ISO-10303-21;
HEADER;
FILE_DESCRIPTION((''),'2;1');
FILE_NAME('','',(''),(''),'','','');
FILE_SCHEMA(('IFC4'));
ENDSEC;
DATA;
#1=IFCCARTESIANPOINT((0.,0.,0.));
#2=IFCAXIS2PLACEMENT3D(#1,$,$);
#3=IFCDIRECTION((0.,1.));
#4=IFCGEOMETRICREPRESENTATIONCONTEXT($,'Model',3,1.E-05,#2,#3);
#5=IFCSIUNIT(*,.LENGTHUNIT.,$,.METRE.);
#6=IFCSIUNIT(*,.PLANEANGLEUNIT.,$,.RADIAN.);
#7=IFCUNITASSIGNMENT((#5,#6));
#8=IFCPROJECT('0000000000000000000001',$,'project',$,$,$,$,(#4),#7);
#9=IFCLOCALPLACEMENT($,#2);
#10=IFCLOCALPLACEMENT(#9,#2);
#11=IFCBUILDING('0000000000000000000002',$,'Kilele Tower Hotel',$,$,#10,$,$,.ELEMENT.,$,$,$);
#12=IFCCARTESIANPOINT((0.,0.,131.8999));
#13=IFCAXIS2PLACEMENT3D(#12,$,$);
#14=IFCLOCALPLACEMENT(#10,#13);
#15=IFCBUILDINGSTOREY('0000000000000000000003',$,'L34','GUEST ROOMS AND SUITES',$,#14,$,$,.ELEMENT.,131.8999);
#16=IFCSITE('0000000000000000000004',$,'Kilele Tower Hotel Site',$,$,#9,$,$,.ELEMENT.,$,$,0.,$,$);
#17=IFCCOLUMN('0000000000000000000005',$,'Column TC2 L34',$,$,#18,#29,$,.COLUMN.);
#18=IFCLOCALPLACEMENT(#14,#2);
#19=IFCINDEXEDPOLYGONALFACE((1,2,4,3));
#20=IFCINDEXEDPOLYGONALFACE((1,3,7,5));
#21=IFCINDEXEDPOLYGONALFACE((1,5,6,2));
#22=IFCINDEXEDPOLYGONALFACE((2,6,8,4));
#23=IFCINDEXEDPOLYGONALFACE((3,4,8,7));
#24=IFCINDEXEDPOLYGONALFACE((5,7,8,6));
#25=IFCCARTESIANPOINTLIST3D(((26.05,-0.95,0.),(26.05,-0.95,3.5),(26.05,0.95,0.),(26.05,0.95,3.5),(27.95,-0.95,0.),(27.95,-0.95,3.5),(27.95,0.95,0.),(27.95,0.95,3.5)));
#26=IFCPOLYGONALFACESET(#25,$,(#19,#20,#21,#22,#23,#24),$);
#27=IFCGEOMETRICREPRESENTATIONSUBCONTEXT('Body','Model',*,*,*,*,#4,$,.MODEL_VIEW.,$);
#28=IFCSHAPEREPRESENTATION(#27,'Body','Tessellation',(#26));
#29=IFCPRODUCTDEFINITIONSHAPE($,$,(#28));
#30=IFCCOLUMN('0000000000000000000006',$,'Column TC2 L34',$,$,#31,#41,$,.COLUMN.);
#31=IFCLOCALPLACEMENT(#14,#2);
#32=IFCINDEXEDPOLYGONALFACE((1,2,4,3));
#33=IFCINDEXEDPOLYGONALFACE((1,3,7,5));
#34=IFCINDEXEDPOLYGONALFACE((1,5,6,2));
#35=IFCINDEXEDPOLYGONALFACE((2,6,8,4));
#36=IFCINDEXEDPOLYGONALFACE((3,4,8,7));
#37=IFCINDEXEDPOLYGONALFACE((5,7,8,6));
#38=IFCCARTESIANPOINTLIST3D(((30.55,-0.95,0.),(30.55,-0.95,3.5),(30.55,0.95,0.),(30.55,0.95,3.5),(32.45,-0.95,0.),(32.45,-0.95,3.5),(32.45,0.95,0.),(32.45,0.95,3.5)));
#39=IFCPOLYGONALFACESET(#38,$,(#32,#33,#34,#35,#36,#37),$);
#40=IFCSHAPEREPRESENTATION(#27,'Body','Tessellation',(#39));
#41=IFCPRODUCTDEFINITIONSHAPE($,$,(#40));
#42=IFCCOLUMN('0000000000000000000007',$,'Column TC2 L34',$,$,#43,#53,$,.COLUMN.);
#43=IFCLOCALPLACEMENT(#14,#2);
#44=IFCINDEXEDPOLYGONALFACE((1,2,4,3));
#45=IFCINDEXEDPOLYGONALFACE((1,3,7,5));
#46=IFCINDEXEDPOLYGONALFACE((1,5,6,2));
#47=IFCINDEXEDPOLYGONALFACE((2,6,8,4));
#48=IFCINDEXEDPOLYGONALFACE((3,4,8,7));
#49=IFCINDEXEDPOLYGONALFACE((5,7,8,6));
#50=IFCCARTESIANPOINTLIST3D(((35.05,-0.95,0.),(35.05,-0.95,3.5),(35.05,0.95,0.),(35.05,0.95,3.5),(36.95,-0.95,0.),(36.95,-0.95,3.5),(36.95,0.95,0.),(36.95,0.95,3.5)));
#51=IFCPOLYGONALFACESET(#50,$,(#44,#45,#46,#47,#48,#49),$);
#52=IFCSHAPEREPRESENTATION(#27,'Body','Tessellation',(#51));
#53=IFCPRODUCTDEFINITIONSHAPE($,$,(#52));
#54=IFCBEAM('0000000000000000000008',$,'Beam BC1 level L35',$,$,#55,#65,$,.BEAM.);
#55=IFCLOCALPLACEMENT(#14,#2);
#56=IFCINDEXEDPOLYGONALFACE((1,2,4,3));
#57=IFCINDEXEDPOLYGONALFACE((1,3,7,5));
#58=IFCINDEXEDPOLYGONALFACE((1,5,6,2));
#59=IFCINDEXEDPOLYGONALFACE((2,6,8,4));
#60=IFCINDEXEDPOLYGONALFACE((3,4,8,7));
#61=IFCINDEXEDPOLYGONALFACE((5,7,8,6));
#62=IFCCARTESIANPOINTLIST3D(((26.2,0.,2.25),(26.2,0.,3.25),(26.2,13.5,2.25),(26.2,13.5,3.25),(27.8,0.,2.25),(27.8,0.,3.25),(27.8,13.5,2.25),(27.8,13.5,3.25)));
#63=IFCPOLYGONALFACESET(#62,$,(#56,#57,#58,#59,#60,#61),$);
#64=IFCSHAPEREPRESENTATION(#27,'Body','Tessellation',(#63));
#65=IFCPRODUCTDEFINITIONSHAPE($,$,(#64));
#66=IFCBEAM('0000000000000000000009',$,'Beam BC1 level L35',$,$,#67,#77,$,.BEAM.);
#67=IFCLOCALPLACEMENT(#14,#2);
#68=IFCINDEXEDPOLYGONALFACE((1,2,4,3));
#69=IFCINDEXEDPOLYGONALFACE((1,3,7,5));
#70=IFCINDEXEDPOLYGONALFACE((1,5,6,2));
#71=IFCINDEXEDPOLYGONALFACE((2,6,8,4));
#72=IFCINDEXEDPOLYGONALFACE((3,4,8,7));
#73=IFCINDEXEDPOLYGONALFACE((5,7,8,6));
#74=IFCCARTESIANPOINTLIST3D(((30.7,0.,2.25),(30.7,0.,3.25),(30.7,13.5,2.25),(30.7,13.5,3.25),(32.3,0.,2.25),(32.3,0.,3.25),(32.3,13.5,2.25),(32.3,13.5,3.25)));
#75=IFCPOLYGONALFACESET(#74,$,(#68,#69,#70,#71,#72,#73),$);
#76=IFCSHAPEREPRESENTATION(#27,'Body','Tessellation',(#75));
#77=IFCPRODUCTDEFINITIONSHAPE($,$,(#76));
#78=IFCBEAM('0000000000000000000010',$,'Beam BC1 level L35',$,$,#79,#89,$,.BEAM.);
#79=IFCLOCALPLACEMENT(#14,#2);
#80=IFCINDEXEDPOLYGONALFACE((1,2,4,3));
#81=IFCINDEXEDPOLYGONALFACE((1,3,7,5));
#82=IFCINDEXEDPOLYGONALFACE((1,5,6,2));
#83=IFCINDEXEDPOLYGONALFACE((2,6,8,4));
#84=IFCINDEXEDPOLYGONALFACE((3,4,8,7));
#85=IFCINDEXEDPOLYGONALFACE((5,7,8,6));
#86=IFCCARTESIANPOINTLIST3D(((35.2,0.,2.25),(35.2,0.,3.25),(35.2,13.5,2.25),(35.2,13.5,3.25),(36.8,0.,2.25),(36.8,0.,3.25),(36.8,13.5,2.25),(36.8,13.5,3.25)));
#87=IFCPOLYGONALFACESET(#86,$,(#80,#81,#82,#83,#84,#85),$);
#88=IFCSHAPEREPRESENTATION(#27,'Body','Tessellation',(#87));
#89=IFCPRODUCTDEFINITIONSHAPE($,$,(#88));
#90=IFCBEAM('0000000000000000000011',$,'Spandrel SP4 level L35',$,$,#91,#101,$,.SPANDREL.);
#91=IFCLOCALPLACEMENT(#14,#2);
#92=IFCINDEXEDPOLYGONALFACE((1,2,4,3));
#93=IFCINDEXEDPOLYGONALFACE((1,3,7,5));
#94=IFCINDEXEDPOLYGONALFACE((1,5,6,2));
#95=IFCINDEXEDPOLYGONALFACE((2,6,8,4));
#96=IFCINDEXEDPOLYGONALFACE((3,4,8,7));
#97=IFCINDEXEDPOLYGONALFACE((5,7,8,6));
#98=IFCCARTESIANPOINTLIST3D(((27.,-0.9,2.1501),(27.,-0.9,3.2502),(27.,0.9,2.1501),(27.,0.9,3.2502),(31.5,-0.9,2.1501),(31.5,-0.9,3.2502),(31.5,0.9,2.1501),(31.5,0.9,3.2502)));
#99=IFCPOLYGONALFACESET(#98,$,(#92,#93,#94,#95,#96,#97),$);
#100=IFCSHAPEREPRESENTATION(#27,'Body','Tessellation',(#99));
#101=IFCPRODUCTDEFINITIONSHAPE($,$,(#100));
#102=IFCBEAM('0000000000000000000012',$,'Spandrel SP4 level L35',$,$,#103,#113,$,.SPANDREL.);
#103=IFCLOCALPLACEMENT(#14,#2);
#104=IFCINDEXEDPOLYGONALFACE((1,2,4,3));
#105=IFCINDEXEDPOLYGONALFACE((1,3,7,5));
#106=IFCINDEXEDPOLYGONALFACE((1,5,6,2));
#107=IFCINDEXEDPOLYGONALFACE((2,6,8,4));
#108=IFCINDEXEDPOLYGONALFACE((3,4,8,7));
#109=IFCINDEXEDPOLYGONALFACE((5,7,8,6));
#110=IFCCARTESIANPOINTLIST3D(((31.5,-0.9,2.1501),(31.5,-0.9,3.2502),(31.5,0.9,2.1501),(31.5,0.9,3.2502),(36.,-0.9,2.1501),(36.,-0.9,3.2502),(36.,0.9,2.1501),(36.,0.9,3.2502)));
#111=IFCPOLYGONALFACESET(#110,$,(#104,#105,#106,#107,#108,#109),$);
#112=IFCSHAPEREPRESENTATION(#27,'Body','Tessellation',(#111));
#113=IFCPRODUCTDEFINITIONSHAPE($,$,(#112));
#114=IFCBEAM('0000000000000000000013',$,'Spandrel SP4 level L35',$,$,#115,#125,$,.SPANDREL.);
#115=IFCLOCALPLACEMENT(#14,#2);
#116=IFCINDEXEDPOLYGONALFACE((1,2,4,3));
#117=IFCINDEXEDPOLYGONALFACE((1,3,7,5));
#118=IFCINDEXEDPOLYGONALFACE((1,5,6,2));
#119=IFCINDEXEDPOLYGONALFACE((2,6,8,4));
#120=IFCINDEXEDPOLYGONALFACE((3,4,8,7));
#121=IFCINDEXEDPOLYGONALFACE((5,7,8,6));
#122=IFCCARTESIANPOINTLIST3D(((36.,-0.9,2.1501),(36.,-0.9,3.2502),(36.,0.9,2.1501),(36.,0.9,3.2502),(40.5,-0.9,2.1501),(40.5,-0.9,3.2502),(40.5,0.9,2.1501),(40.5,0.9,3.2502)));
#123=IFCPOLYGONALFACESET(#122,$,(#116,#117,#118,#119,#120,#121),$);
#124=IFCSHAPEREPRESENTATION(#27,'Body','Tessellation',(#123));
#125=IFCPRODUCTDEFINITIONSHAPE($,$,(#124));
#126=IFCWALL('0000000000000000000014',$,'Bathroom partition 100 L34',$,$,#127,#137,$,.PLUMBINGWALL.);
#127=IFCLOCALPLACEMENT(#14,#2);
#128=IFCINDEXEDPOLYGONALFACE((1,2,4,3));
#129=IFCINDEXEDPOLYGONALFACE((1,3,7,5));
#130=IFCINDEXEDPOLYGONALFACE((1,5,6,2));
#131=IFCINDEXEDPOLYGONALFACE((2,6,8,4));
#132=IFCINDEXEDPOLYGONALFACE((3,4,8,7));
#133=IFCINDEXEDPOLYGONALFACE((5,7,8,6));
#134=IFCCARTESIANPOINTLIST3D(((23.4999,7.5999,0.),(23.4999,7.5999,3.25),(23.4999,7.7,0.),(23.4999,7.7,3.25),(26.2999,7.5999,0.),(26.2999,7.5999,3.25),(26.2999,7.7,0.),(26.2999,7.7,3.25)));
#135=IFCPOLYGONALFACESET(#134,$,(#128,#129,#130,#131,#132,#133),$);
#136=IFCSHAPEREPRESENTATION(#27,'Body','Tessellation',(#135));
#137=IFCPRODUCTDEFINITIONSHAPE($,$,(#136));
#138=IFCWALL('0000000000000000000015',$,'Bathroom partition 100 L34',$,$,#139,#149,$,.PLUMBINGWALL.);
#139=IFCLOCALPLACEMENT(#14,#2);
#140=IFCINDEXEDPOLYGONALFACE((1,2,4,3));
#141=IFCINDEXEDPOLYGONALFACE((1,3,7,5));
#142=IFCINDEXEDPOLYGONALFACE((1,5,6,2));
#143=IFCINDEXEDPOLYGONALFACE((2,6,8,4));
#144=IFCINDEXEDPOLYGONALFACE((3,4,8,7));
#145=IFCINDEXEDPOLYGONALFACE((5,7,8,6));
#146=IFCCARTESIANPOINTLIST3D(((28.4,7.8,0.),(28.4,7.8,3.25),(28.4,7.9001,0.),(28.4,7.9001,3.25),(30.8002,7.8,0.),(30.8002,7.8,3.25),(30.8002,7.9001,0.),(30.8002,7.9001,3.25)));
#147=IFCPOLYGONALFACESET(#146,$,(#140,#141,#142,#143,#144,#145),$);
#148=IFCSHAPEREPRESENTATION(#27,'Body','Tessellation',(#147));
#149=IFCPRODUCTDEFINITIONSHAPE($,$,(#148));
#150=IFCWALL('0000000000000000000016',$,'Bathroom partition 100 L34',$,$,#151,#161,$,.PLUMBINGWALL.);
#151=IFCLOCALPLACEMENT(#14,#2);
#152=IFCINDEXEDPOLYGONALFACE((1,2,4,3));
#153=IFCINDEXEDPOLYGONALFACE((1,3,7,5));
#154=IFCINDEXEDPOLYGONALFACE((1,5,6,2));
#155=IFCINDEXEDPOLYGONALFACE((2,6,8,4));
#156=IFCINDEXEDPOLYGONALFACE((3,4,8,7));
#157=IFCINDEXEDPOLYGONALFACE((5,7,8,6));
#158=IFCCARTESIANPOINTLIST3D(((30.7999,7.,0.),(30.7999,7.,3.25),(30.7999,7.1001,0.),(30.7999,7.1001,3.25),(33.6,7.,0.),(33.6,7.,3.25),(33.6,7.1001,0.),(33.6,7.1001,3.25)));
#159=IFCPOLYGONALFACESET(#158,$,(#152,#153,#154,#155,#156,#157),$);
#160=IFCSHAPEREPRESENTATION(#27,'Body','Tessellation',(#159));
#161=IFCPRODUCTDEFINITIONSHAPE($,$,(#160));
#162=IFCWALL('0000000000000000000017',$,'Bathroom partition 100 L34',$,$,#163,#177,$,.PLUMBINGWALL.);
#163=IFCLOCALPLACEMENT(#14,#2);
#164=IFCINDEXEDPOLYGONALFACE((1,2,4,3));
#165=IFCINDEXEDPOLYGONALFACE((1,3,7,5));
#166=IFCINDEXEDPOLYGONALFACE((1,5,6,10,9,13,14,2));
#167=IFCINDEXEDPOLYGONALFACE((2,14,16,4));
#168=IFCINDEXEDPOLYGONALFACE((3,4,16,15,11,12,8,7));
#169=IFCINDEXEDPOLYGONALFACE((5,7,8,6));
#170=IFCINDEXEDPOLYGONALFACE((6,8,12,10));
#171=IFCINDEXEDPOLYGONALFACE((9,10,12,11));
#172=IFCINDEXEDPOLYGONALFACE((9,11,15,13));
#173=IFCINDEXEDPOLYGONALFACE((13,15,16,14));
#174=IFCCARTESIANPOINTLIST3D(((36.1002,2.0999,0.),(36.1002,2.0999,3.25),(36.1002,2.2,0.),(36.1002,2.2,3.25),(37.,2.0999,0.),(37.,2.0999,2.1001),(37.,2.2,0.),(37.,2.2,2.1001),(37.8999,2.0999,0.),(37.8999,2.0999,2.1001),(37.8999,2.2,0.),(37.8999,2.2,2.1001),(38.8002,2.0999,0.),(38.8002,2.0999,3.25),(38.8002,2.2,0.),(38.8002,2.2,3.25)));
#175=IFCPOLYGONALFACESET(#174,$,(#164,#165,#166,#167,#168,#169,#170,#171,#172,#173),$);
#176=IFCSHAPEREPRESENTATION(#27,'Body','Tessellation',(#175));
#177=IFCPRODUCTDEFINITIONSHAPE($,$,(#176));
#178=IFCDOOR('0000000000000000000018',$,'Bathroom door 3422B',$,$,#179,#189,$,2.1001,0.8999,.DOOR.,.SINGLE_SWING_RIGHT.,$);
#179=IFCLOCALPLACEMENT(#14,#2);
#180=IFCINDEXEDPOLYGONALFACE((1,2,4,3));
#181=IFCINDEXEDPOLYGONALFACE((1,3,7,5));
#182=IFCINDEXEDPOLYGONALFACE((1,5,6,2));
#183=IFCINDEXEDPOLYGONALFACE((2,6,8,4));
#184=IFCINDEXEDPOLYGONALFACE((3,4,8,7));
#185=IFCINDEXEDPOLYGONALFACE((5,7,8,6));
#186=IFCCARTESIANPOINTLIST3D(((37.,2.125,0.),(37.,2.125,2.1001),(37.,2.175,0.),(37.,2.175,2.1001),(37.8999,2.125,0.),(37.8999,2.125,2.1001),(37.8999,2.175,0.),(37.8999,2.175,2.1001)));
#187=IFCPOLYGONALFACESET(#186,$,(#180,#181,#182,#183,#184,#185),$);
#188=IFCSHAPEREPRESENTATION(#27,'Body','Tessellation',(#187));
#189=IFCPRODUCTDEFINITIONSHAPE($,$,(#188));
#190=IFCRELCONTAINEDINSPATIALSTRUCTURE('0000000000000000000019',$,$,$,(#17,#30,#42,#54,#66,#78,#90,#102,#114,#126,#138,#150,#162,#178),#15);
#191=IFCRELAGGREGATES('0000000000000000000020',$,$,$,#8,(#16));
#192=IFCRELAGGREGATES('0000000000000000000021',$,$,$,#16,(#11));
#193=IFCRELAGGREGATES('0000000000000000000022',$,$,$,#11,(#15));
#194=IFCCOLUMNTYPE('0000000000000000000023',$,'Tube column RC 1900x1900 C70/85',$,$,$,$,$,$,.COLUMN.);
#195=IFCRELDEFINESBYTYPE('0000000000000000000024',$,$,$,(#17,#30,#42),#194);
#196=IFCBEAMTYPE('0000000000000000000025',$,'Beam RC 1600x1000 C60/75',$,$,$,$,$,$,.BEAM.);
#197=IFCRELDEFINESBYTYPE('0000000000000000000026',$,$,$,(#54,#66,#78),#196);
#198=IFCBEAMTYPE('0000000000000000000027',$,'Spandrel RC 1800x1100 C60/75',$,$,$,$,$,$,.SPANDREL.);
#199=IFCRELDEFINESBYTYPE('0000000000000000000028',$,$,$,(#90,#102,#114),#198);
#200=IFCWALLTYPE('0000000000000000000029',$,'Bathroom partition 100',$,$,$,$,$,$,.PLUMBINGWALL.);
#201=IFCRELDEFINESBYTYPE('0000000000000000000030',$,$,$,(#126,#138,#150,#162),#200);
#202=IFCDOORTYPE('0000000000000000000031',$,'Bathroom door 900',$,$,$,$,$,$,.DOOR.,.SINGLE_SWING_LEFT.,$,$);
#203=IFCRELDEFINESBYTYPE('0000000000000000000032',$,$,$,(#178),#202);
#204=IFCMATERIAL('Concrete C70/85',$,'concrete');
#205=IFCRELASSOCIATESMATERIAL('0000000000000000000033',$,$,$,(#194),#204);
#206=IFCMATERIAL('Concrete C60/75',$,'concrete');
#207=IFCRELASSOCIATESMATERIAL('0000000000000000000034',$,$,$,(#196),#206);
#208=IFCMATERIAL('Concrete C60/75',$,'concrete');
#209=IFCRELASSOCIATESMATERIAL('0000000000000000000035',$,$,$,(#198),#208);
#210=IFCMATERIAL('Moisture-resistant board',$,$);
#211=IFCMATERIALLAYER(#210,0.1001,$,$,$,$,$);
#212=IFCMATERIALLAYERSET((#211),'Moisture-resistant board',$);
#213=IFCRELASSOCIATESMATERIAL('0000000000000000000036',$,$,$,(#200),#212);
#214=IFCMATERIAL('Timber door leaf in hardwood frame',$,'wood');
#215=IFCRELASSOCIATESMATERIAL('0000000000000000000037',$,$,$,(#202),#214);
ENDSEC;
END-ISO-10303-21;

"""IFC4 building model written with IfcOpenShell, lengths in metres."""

from ifc_helpers import new_model, si_unit, direction, frame, frame_2d, origin, origin_2d, place, context, subcontext, project, spatial, rectangle, extrude, material, layer, layer_set, material_profile, profile_set, type_object, element, fill, save


model = new_model("IFC4")

# Units and contexts
model_context = context("Model", 3, precision=1e-05, world=origin(), true_north=direction((0.0, 1.0)))
body_context = subcontext(model_context, "Body", "Model", "MODEL_VIEW")
ifc_project = project(units=[si_unit("LENGTHUNIT", "METRE"), si_unit("PLANEANGLEUNIT", "RADIAN")], contexts=[model_context])

# Site, building, storey
site_placement = place(None, origin())
site = spatial("IfcSite", under=ifc_project, at=site_placement, Name="Kilele Tower Hotel Site", CompositionType="ELEMENT", RefElevation=0.0)
building_placement = place(site_placement, origin())
building = spatial("IfcBuilding", under=site, at=building_placement, Name="Kilele Tower Hotel", CompositionType="ELEMENT")
storey_placement = place(building_placement, frame((0.0, 0.0, 131.8999)))
storey = spatial("IfcBuildingStorey", under=building, at=storey_placement, Name="L34", Description="GUEST ROOMS AND SUITES", CompositionType="ELEMENT", Elevation=131.8999)

# Columns
ifc_material_1 = material(Name="Concrete C70/85", Category="concrete")
ifc_material_profile_1 = material_profile(ifc_material_1, rectangle(XDim=1.8999, YDim=1.8999, at=origin_2d()))
ifc_profile_set_1 = profile_set([ifc_material_profile_1], Name="Concrete C70/85")
column_type = type_object("IfcColumnType", Name="Tube column RC 1900x1900 C70/85", PredefinedType="COLUMN", material=ifc_profile_set_1)
for number, where, z_axis, x_axis, name in (
    (1, (27.0, 0.0, 0.0), (0.0, 0.0, 1.0), (1.0, 0.0, 0.0), "Column TC2 L34"),
    (2, (31.5, 0.0, 0.0), (0.0, 0.0, 1.0), (1.0, 0.0, 0.0), "Column TC2 L34"),
    (3, (36.0, 0.0, 0.0), (0.0, 0.0, 1.0), (1.0, 0.0, 0.0), "Column TC2 L34"),
):
    element("IfcColumn", number, at=place(storey_placement, frame(where, z_axis=z_axis, x_axis=x_axis)), inside=storey, type_object=column_type, Name=name, PredefinedType="COLUMN", context=body_context, shape_type="SweptSolid", body=[
        extrude(rectangle(XDim=1.8999, YDim=1.8999, at=origin_2d()), origin(), (0.0, 0.0, 1.0), 3.5),
    ])

# Beams
ifc_material_2 = material(Name="Concrete C60/75", Category="concrete")
ifc_material_profile_2 = material_profile(ifc_material_2, rectangle(XDim=1.6001, YDim=1.0, at=origin_2d()))
ifc_profile_set_2 = profile_set([ifc_material_profile_2], Name="Concrete C60/75")
beam_type_1 = type_object("IfcBeamType", Name="Beam RC 1600x1000 C60/75", PredefinedType="BEAM", material=ifc_profile_set_2)
for number, where, z_axis, x_axis, name in (
    (4, (27.0, 0.0, 2.75), (0.0, 1.0, 0.0), (-1.0, 0.0, 0.0), "Beam BC1 level L35"),
    (5, (31.5, 0.0, 2.75), (0.0, 1.0, 0.0), (-1.0, 0.0, 0.0), "Beam BC1 level L35"),
    (6, (36.0, 0.0, 2.75), (0.0, 1.0, 0.0), (-1.0, 0.0, 0.0), "Beam BC1 level L35"),
):
    element("IfcBeam", number, at=place(storey_placement, frame(where, z_axis=z_axis, x_axis=x_axis)), inside=storey, type_object=beam_type_1, Name=name, PredefinedType="BEAM", context=body_context, shape_type="SweptSolid", body=[
        extrude(rectangle(XDim=1.6001, YDim=1.0, at=origin_2d()), origin(), (0.0, 0.0, 1.0), 13.5),
    ])
ifc_material_3 = material(Name="Concrete C60/75", Category="concrete")
ifc_material_profile_3 = material_profile(ifc_material_3, rectangle(XDim=1.8, YDim=1.1001, at=origin_2d()))
ifc_profile_set_3 = profile_set([ifc_material_profile_3], Name="Concrete C60/75")
beam_type_2 = type_object("IfcBeamType", Name="Spandrel RC 1800x1100 C60/75", PredefinedType="SPANDREL", material=ifc_profile_set_3)
for number, where, z_axis, x_axis, name in (
    (7, (27.0, 0.0, 2.7002), (1.0, 0.0, 0.0), (0.0, 1.0, 0.0), "Spandrel SP4 level L35"),
    (8, (31.5, 0.0, 2.7002), (1.0, 0.0, 0.0), (0.0, 1.0, 0.0), "Spandrel SP4 level L35"),
    (9, (36.0, 0.0, 2.7002), (1.0, 0.0, 0.0), (0.0, 1.0, 0.0), "Spandrel SP4 level L35"),
):
    element("IfcBeam", number, at=place(storey_placement, frame(where, z_axis=z_axis, x_axis=x_axis)), inside=storey, type_object=beam_type_2, Name=name, PredefinedType="SPANDREL", context=body_context, shape_type="SweptSolid", body=[
        extrude(rectangle(XDim=1.8, YDim=1.1001, at=origin_2d()), origin(), (0.0, 0.0, 1.0), 4.5),
    ])

# Walls
ifc_material_4 = material(Name="Moisture-resistant board")
ifc_layer_1 = layer(ifc_material_4, 0.1001)
ifc_layer_set_1 = layer_set([ifc_layer_1], Name="Moisture-resistant board")
wall_type_1 = type_object("IfcWallType", Name="Bathroom partition 100", PredefinedType="PLUMBINGWALL", material=ifc_layer_set_1)
wall_1_placement = place(storey_placement, frame((23.5, 7.6499, 0.0), z_axis=(0.0, 0.0, 1.0), x_axis=(1.0, 0.0, 0.0)))
element("IfcWall", 10, at=wall_1_placement, inside=storey, type_object=wall_type_1, Name="Bathroom partition 100 L34", PredefinedType="PLUMBINGWALL", context=body_context, shape_type="SweptSolid", body=[
    extrude(rectangle(XDim=2.8, YDim=0.1001, at=frame_2d((1.3999, 0.0))), origin(), (0.0, 0.0, 1.0), 3.25),
])
wall_2_placement = place(storey_placement, frame((28.3999, 7.8501, 0.0), z_axis=(0.0, 0.0, 1.0), x_axis=(1.0, 0.0, 0.0)))
element("IfcWall", 11, at=wall_2_placement, inside=storey, type_object=wall_type_1, Name="Bathroom partition 100 L34", PredefinedType="PLUMBINGWALL", context=body_context, shape_type="SweptSolid", body=[
    extrude(rectangle(XDim=2.4001, YDim=0.1001, at=frame_2d((1.2002, 0.0))), origin(), (0.0, 0.0, 1.0), 3.25),
])
wall_3_placement = place(storey_placement, frame((30.8, 7.05, 0.0), z_axis=(0.0, 0.0, 1.0), x_axis=(1.0, 0.0, 0.0)))
element("IfcWall", 12, at=wall_3_placement, inside=storey, type_object=wall_type_1, Name="Bathroom partition 100 L34", PredefinedType="PLUMBINGWALL", context=body_context, shape_type="SweptSolid", body=[
    extrude(rectangle(XDim=2.8, YDim=0.1001, at=frame_2d((1.3999, 0.0))), origin(), (0.0, 0.0, 1.0), 3.25),
])

# Wall, opening, door
wall_4_placement = place(storey_placement, frame((36.1001, 2.1499, 0.0), z_axis=(0.0, 0.0, 1.0), x_axis=(1.0, 0.0, 0.0)))
wall_4 = element("IfcWall", 13, at=wall_4_placement, inside=storey, type_object=wall_type_1, Name="Bathroom partition 100 L34", PredefinedType="PLUMBINGWALL", context=body_context, shape_type="SweptSolid", body=[
    extrude(rectangle(XDim=2.7, YDim=0.1001, at=frame_2d((1.3501, 0.0))), origin(), (0.0, 0.0, 1.0), 3.25),
])
opening_1_placement = place(wall_4_placement, frame((1.7998, 0.0, 0.0), z_axis=(0.0, 0.0, 1.0), x_axis=(-1.0, 0.0, 0.0)))
opening_1 = element("IfcOpeningElement", 14, at=opening_1_placement, cuts=wall_4, PredefinedType="OPENING", context=body_context, shape_type="SweptSolid", body=[
    extrude(rectangle(XDim=0.8999, YDim=2.1001, at=frame_2d((0.45, 1.05))), frame((0.0, 0.0601, 0.0), z_axis=(0.0, -1.0, 0.0), x_axis=(1.0, 0.0, 0.0)), (0.0, 0.0, 1.0), 0.1201),
])
ifc_material_5 = material(Name="Timber door leaf in hardwood frame", Category="wood")
door_type_1 = type_object("IfcDoorType", Name="Bathroom door 900", OperationType="SINGLE_SWING_LEFT", PredefinedType="DOOR", material=ifc_material_5)
door_1_placement = place(opening_1_placement, origin())
door_1 = element("IfcDoor", 15, at=door_1_placement, inside=storey, type_object=door_type_1, Name="Bathroom door 3422B", OperationType="SINGLE_SWING_RIGHT", OverallHeight=2.1001, OverallWidth=0.8999, PredefinedType="DOOR", context=body_context, shape_type="SweptSolid", body=[
    extrude(rectangle(XDim=0.8999, YDim=2.1001, at=frame_2d((0.45, 1.05))), frame((0.0, 0.0249, 0.0), z_axis=(0.0, -1.0, 0.0), x_axis=(1.0, 0.0, 0.0)), (0.0, 0.0, 1.0), 0.05),
])
fill(opening_1, door_1)

save(model, "model.ifc")
